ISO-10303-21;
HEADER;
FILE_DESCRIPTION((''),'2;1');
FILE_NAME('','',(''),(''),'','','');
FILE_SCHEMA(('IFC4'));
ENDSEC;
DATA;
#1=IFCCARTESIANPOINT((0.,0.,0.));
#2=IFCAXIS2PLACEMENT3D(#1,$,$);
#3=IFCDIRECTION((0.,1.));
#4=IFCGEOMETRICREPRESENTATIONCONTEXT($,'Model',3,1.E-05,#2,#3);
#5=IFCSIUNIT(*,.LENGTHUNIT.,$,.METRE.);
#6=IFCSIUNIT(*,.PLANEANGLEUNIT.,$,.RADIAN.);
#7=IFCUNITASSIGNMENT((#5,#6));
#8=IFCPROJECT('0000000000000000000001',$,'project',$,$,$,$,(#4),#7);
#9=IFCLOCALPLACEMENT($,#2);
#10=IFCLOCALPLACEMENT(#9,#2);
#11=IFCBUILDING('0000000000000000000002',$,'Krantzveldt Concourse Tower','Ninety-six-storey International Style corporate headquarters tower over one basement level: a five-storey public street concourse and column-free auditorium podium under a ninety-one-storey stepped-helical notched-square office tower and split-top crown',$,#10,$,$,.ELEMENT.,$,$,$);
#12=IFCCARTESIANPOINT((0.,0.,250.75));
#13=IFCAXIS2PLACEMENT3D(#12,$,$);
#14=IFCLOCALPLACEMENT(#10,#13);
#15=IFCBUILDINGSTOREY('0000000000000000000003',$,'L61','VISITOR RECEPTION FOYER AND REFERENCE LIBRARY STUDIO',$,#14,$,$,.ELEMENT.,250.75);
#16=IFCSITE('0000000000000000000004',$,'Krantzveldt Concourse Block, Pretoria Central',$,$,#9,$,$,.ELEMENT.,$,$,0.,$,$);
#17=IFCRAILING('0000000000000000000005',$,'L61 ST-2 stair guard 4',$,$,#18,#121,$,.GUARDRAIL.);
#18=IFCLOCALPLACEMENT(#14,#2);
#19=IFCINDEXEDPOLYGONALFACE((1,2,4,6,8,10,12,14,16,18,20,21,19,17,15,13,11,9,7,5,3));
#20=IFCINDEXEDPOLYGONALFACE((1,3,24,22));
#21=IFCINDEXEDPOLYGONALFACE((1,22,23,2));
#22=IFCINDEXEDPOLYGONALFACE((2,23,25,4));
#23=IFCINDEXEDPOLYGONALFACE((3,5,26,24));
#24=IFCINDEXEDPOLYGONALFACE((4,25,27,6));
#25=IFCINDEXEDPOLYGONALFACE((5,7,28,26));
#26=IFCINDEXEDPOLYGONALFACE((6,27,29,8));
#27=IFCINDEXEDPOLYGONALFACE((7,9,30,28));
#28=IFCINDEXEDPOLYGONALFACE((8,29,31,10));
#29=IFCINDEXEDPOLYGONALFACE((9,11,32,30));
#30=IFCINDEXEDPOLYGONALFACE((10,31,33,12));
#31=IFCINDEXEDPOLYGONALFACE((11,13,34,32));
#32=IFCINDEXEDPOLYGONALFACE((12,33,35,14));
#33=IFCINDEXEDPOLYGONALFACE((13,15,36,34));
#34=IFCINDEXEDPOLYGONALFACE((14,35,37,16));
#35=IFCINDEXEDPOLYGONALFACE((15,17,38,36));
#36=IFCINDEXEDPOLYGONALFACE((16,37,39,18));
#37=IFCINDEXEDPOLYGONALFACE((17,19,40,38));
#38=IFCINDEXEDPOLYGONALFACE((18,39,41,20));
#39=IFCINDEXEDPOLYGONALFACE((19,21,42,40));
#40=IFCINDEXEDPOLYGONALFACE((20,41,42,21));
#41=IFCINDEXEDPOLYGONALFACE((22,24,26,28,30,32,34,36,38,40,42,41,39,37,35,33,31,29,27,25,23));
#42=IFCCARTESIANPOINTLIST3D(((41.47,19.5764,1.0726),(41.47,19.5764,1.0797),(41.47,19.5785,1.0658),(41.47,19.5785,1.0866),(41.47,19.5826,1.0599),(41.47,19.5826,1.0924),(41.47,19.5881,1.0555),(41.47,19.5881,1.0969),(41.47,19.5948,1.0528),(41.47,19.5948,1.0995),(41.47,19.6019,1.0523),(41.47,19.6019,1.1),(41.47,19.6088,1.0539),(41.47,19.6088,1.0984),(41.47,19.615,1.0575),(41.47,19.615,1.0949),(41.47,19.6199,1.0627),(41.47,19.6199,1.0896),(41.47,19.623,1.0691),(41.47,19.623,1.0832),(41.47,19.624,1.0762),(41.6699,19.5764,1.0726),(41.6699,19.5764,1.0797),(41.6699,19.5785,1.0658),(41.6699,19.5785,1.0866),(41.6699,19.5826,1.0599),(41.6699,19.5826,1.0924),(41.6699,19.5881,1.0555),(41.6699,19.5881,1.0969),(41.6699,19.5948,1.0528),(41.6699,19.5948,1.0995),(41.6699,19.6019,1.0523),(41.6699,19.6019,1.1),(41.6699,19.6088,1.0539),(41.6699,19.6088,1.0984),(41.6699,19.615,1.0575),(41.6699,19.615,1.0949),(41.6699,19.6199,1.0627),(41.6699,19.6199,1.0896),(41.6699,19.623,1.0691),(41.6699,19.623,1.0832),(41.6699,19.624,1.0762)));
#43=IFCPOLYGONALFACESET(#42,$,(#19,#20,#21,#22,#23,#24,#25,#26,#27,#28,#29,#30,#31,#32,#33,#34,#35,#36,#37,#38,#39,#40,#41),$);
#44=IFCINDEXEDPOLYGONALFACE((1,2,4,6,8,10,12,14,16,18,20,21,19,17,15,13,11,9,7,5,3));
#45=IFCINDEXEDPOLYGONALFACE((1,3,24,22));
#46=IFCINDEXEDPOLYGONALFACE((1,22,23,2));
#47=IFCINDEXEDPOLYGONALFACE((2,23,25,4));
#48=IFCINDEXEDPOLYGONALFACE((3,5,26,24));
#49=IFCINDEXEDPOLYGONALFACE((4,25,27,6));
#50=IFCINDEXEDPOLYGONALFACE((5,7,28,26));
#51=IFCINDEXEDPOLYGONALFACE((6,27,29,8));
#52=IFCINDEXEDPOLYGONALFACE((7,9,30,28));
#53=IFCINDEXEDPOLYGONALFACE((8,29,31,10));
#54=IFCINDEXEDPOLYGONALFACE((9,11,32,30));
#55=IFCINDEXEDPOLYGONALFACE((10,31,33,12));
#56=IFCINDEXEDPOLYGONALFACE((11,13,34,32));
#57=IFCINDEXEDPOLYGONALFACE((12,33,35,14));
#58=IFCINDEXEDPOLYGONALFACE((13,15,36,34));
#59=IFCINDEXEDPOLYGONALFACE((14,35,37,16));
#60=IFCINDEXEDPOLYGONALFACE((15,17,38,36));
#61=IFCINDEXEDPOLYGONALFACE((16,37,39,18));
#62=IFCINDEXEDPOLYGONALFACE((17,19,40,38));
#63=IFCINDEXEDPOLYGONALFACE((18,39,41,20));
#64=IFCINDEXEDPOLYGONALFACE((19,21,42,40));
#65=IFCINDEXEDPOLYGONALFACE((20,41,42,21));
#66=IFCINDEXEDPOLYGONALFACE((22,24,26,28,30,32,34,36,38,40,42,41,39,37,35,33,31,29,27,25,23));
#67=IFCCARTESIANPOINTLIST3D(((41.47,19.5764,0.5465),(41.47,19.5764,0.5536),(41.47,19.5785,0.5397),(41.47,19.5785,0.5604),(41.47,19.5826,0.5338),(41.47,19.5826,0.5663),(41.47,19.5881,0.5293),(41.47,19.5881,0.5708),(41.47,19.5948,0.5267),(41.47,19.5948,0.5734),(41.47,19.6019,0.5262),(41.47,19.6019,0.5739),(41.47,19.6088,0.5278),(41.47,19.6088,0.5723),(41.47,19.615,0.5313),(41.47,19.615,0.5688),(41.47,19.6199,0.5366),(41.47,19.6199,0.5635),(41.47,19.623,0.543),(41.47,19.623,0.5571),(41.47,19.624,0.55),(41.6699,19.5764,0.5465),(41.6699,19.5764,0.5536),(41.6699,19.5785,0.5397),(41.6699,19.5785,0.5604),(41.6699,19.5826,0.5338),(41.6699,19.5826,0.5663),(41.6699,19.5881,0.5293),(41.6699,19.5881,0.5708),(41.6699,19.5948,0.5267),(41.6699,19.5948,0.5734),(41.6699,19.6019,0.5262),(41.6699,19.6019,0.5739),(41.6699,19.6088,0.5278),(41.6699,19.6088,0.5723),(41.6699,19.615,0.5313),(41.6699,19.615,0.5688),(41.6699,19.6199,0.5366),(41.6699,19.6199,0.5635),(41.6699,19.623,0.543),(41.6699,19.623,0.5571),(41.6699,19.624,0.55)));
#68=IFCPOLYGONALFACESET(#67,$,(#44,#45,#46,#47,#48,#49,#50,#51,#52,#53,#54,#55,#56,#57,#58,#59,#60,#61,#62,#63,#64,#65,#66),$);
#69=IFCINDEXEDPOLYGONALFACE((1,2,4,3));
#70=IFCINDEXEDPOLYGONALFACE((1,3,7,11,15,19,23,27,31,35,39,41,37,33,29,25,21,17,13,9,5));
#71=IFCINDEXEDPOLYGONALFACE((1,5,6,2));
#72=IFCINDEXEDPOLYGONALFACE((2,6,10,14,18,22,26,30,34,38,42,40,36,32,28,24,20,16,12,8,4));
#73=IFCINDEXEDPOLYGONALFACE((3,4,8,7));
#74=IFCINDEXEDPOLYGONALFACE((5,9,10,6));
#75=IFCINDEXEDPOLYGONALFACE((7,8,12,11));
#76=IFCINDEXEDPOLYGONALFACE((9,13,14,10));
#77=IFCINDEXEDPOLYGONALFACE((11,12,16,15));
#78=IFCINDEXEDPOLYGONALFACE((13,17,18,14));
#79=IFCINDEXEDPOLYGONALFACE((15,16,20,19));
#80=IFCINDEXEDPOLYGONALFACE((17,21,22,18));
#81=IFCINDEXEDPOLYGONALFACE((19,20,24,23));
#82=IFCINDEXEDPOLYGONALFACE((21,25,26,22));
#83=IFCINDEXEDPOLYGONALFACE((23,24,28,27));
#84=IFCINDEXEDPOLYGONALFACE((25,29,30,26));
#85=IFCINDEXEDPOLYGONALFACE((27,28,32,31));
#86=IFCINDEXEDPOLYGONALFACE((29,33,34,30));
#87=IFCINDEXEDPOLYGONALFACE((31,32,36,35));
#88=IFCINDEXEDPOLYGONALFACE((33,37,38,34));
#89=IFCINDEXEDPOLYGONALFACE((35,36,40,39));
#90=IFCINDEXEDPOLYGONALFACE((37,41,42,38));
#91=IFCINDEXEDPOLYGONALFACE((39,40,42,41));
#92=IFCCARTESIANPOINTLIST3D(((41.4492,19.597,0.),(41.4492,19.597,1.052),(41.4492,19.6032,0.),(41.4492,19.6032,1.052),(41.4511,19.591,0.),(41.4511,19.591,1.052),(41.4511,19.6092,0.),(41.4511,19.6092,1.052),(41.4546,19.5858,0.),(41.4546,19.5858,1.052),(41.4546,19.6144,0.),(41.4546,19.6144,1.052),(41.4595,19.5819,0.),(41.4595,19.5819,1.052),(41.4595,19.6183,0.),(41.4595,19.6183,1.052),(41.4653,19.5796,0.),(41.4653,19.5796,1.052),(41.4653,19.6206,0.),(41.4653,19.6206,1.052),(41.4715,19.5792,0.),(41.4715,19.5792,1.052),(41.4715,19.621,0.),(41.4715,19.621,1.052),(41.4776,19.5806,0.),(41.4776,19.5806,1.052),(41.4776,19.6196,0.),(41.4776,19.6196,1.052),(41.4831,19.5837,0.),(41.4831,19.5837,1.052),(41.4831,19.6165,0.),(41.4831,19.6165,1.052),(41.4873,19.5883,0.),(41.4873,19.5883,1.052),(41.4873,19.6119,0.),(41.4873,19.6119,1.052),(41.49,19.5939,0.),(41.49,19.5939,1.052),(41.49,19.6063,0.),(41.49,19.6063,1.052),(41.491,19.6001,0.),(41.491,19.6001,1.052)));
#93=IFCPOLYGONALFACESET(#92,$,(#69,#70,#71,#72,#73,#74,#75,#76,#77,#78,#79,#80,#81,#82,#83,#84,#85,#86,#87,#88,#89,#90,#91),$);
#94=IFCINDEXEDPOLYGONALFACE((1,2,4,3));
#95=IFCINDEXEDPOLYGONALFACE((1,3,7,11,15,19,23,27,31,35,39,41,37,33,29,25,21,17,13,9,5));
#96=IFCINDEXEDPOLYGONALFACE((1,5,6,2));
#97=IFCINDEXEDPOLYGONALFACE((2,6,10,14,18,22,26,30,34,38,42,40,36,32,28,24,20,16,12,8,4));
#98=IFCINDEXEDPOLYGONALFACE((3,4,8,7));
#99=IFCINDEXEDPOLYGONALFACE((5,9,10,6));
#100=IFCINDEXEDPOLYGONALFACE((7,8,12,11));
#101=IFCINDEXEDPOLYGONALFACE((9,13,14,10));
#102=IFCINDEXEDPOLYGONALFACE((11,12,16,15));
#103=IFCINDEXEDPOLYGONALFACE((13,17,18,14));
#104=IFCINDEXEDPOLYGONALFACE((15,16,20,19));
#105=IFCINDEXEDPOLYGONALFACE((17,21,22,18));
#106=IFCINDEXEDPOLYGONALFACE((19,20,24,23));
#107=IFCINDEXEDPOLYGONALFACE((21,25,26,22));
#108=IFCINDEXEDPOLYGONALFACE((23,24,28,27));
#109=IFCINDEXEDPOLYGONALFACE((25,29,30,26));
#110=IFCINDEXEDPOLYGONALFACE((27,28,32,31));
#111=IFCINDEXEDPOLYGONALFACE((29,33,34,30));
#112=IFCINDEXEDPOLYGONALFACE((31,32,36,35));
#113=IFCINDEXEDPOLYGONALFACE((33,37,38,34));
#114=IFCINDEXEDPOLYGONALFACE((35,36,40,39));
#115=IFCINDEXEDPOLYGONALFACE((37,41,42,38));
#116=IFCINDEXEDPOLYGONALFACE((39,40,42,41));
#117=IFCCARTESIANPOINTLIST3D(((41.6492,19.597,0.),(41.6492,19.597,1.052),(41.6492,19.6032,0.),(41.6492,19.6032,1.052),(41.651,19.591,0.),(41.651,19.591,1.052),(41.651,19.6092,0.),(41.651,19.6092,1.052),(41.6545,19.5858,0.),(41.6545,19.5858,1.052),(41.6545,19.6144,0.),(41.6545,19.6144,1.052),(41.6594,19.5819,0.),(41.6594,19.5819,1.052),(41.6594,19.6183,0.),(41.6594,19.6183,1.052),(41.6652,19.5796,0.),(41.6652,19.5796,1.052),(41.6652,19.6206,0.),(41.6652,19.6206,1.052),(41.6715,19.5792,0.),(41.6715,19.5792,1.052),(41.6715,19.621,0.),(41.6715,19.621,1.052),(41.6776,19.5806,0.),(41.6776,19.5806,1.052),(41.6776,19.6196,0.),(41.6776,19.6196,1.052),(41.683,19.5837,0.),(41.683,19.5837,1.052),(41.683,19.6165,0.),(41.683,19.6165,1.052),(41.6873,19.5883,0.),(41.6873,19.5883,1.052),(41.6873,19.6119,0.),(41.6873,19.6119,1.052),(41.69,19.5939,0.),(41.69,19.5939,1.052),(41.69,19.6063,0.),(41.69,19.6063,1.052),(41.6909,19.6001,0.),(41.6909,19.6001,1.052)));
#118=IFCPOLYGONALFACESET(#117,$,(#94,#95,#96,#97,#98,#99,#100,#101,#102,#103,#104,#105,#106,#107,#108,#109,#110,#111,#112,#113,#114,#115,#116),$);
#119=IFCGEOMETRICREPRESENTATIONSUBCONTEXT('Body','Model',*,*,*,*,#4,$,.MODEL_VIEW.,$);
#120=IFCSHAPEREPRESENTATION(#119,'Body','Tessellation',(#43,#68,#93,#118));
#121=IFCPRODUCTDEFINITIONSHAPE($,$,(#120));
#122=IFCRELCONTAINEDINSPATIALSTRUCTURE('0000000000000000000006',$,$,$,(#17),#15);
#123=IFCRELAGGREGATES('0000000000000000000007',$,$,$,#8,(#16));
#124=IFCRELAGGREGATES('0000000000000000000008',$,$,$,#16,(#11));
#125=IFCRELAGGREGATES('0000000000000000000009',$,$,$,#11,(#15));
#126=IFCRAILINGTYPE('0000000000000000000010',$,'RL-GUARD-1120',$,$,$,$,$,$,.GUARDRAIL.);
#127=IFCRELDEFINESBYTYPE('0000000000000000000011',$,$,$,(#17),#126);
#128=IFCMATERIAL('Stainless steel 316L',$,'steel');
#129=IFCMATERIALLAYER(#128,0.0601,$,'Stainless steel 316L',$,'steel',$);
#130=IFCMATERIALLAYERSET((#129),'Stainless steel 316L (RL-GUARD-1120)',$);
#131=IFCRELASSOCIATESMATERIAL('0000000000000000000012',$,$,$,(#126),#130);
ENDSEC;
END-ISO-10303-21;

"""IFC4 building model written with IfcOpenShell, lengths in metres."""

from ifc_helpers import new_model, si_unit, direction, frame, origin, origin_2d, place, context, subcontext, project, spatial, circle, extrude, material, layer, layer_set, type_object, element, save


model = new_model("IFC4")

# Units and contexts
model_context = context("Model", 3, precision=1e-05, world=origin(), true_north=direction((0.0, 1.0)))
body_context = subcontext(model_context, "Body", "Model", "MODEL_VIEW")
ifc_project = project(units=[si_unit("LENGTHUNIT", "METRE"), si_unit("PLANEANGLEUNIT", "RADIAN")], contexts=[model_context])

# Site, building, storey
site_placement = place(None, origin())
site = spatial("IfcSite", under=ifc_project, at=site_placement, Name="Krantzveldt Concourse Block, Pretoria Central", CompositionType="ELEMENT", RefElevation=0.0)
building_placement = place(site_placement, origin())
building = spatial("IfcBuilding", under=site, at=building_placement, Name="Krantzveldt Concourse Tower", Description="Ninety-six-storey International Style corporate headquarters tower over one basement level: a five-storey public street concourse and column-free auditorium podium under a ninety-one-storey stepped-helical notched-square office tower and split-top crown", CompositionType="ELEMENT")
storey_placement = place(building_placement, frame((0.0, 0.0, 250.75)))
storey = spatial("IfcBuildingStorey", under=building, at=storey_placement, Name="L61", Description="VISITOR RECEPTION FOYER AND REFERENCE LIBRARY STUDIO", CompositionType="ELEMENT", Elevation=250.75)

# Shared definitions
ifc_material_1 = material(Name="Stainless steel 316L", Category="steel")

# Railing
ifc_layer_1 = layer(ifc_material_1, 0.0601, Name="Stainless steel 316L", Category="steel")
ifc_layer_set_1 = layer_set([ifc_layer_1], Name="Stainless steel 316L (RL-GUARD-1120)")
railing_type_1 = type_object("IfcRailingType", Name="RL-GUARD-1120", PredefinedType="GUARDRAIL", material=ifc_layer_set_1)
railing_1_placement = place(storey_placement, frame((41.47, 19.6001, 0.0)))
element("IfcRailing", 1, at=railing_1_placement, inside=storey, type_object=railing_type_1, Name="L61 ST-2 stair guard 4", PredefinedType="GUARDRAIL", context=body_context, shape_type="SweptSolid", body=[
    extrude(circle(Radius=0.0239, at=origin_2d()), frame((0.0, 0.0, 1.0762), z_axis=(1.0, 0.0, 0.0), x_axis=(0.0, 1.0, 0.0)), (0.0, 0.0, 1.0), 0.2),
    extrude(circle(Radius=0.0239, at=origin_2d()), frame((0.0, 0.0, 0.55), z_axis=(1.0, 0.0, 0.0), x_axis=(0.0, 1.0, 0.0)), (0.0, 0.0, 1.0), 0.2),
    extrude(circle(Radius=0.021, at=origin_2d()), origin(), (0.0, 0.0, 1.0), 1.052),
    extrude(circle(Radius=0.021, at=origin_2d()), frame((0.2, 0.0, 0.0)), (0.0, 0.0, 1.0), 1.052),
])

save(model, "model.ifc")
